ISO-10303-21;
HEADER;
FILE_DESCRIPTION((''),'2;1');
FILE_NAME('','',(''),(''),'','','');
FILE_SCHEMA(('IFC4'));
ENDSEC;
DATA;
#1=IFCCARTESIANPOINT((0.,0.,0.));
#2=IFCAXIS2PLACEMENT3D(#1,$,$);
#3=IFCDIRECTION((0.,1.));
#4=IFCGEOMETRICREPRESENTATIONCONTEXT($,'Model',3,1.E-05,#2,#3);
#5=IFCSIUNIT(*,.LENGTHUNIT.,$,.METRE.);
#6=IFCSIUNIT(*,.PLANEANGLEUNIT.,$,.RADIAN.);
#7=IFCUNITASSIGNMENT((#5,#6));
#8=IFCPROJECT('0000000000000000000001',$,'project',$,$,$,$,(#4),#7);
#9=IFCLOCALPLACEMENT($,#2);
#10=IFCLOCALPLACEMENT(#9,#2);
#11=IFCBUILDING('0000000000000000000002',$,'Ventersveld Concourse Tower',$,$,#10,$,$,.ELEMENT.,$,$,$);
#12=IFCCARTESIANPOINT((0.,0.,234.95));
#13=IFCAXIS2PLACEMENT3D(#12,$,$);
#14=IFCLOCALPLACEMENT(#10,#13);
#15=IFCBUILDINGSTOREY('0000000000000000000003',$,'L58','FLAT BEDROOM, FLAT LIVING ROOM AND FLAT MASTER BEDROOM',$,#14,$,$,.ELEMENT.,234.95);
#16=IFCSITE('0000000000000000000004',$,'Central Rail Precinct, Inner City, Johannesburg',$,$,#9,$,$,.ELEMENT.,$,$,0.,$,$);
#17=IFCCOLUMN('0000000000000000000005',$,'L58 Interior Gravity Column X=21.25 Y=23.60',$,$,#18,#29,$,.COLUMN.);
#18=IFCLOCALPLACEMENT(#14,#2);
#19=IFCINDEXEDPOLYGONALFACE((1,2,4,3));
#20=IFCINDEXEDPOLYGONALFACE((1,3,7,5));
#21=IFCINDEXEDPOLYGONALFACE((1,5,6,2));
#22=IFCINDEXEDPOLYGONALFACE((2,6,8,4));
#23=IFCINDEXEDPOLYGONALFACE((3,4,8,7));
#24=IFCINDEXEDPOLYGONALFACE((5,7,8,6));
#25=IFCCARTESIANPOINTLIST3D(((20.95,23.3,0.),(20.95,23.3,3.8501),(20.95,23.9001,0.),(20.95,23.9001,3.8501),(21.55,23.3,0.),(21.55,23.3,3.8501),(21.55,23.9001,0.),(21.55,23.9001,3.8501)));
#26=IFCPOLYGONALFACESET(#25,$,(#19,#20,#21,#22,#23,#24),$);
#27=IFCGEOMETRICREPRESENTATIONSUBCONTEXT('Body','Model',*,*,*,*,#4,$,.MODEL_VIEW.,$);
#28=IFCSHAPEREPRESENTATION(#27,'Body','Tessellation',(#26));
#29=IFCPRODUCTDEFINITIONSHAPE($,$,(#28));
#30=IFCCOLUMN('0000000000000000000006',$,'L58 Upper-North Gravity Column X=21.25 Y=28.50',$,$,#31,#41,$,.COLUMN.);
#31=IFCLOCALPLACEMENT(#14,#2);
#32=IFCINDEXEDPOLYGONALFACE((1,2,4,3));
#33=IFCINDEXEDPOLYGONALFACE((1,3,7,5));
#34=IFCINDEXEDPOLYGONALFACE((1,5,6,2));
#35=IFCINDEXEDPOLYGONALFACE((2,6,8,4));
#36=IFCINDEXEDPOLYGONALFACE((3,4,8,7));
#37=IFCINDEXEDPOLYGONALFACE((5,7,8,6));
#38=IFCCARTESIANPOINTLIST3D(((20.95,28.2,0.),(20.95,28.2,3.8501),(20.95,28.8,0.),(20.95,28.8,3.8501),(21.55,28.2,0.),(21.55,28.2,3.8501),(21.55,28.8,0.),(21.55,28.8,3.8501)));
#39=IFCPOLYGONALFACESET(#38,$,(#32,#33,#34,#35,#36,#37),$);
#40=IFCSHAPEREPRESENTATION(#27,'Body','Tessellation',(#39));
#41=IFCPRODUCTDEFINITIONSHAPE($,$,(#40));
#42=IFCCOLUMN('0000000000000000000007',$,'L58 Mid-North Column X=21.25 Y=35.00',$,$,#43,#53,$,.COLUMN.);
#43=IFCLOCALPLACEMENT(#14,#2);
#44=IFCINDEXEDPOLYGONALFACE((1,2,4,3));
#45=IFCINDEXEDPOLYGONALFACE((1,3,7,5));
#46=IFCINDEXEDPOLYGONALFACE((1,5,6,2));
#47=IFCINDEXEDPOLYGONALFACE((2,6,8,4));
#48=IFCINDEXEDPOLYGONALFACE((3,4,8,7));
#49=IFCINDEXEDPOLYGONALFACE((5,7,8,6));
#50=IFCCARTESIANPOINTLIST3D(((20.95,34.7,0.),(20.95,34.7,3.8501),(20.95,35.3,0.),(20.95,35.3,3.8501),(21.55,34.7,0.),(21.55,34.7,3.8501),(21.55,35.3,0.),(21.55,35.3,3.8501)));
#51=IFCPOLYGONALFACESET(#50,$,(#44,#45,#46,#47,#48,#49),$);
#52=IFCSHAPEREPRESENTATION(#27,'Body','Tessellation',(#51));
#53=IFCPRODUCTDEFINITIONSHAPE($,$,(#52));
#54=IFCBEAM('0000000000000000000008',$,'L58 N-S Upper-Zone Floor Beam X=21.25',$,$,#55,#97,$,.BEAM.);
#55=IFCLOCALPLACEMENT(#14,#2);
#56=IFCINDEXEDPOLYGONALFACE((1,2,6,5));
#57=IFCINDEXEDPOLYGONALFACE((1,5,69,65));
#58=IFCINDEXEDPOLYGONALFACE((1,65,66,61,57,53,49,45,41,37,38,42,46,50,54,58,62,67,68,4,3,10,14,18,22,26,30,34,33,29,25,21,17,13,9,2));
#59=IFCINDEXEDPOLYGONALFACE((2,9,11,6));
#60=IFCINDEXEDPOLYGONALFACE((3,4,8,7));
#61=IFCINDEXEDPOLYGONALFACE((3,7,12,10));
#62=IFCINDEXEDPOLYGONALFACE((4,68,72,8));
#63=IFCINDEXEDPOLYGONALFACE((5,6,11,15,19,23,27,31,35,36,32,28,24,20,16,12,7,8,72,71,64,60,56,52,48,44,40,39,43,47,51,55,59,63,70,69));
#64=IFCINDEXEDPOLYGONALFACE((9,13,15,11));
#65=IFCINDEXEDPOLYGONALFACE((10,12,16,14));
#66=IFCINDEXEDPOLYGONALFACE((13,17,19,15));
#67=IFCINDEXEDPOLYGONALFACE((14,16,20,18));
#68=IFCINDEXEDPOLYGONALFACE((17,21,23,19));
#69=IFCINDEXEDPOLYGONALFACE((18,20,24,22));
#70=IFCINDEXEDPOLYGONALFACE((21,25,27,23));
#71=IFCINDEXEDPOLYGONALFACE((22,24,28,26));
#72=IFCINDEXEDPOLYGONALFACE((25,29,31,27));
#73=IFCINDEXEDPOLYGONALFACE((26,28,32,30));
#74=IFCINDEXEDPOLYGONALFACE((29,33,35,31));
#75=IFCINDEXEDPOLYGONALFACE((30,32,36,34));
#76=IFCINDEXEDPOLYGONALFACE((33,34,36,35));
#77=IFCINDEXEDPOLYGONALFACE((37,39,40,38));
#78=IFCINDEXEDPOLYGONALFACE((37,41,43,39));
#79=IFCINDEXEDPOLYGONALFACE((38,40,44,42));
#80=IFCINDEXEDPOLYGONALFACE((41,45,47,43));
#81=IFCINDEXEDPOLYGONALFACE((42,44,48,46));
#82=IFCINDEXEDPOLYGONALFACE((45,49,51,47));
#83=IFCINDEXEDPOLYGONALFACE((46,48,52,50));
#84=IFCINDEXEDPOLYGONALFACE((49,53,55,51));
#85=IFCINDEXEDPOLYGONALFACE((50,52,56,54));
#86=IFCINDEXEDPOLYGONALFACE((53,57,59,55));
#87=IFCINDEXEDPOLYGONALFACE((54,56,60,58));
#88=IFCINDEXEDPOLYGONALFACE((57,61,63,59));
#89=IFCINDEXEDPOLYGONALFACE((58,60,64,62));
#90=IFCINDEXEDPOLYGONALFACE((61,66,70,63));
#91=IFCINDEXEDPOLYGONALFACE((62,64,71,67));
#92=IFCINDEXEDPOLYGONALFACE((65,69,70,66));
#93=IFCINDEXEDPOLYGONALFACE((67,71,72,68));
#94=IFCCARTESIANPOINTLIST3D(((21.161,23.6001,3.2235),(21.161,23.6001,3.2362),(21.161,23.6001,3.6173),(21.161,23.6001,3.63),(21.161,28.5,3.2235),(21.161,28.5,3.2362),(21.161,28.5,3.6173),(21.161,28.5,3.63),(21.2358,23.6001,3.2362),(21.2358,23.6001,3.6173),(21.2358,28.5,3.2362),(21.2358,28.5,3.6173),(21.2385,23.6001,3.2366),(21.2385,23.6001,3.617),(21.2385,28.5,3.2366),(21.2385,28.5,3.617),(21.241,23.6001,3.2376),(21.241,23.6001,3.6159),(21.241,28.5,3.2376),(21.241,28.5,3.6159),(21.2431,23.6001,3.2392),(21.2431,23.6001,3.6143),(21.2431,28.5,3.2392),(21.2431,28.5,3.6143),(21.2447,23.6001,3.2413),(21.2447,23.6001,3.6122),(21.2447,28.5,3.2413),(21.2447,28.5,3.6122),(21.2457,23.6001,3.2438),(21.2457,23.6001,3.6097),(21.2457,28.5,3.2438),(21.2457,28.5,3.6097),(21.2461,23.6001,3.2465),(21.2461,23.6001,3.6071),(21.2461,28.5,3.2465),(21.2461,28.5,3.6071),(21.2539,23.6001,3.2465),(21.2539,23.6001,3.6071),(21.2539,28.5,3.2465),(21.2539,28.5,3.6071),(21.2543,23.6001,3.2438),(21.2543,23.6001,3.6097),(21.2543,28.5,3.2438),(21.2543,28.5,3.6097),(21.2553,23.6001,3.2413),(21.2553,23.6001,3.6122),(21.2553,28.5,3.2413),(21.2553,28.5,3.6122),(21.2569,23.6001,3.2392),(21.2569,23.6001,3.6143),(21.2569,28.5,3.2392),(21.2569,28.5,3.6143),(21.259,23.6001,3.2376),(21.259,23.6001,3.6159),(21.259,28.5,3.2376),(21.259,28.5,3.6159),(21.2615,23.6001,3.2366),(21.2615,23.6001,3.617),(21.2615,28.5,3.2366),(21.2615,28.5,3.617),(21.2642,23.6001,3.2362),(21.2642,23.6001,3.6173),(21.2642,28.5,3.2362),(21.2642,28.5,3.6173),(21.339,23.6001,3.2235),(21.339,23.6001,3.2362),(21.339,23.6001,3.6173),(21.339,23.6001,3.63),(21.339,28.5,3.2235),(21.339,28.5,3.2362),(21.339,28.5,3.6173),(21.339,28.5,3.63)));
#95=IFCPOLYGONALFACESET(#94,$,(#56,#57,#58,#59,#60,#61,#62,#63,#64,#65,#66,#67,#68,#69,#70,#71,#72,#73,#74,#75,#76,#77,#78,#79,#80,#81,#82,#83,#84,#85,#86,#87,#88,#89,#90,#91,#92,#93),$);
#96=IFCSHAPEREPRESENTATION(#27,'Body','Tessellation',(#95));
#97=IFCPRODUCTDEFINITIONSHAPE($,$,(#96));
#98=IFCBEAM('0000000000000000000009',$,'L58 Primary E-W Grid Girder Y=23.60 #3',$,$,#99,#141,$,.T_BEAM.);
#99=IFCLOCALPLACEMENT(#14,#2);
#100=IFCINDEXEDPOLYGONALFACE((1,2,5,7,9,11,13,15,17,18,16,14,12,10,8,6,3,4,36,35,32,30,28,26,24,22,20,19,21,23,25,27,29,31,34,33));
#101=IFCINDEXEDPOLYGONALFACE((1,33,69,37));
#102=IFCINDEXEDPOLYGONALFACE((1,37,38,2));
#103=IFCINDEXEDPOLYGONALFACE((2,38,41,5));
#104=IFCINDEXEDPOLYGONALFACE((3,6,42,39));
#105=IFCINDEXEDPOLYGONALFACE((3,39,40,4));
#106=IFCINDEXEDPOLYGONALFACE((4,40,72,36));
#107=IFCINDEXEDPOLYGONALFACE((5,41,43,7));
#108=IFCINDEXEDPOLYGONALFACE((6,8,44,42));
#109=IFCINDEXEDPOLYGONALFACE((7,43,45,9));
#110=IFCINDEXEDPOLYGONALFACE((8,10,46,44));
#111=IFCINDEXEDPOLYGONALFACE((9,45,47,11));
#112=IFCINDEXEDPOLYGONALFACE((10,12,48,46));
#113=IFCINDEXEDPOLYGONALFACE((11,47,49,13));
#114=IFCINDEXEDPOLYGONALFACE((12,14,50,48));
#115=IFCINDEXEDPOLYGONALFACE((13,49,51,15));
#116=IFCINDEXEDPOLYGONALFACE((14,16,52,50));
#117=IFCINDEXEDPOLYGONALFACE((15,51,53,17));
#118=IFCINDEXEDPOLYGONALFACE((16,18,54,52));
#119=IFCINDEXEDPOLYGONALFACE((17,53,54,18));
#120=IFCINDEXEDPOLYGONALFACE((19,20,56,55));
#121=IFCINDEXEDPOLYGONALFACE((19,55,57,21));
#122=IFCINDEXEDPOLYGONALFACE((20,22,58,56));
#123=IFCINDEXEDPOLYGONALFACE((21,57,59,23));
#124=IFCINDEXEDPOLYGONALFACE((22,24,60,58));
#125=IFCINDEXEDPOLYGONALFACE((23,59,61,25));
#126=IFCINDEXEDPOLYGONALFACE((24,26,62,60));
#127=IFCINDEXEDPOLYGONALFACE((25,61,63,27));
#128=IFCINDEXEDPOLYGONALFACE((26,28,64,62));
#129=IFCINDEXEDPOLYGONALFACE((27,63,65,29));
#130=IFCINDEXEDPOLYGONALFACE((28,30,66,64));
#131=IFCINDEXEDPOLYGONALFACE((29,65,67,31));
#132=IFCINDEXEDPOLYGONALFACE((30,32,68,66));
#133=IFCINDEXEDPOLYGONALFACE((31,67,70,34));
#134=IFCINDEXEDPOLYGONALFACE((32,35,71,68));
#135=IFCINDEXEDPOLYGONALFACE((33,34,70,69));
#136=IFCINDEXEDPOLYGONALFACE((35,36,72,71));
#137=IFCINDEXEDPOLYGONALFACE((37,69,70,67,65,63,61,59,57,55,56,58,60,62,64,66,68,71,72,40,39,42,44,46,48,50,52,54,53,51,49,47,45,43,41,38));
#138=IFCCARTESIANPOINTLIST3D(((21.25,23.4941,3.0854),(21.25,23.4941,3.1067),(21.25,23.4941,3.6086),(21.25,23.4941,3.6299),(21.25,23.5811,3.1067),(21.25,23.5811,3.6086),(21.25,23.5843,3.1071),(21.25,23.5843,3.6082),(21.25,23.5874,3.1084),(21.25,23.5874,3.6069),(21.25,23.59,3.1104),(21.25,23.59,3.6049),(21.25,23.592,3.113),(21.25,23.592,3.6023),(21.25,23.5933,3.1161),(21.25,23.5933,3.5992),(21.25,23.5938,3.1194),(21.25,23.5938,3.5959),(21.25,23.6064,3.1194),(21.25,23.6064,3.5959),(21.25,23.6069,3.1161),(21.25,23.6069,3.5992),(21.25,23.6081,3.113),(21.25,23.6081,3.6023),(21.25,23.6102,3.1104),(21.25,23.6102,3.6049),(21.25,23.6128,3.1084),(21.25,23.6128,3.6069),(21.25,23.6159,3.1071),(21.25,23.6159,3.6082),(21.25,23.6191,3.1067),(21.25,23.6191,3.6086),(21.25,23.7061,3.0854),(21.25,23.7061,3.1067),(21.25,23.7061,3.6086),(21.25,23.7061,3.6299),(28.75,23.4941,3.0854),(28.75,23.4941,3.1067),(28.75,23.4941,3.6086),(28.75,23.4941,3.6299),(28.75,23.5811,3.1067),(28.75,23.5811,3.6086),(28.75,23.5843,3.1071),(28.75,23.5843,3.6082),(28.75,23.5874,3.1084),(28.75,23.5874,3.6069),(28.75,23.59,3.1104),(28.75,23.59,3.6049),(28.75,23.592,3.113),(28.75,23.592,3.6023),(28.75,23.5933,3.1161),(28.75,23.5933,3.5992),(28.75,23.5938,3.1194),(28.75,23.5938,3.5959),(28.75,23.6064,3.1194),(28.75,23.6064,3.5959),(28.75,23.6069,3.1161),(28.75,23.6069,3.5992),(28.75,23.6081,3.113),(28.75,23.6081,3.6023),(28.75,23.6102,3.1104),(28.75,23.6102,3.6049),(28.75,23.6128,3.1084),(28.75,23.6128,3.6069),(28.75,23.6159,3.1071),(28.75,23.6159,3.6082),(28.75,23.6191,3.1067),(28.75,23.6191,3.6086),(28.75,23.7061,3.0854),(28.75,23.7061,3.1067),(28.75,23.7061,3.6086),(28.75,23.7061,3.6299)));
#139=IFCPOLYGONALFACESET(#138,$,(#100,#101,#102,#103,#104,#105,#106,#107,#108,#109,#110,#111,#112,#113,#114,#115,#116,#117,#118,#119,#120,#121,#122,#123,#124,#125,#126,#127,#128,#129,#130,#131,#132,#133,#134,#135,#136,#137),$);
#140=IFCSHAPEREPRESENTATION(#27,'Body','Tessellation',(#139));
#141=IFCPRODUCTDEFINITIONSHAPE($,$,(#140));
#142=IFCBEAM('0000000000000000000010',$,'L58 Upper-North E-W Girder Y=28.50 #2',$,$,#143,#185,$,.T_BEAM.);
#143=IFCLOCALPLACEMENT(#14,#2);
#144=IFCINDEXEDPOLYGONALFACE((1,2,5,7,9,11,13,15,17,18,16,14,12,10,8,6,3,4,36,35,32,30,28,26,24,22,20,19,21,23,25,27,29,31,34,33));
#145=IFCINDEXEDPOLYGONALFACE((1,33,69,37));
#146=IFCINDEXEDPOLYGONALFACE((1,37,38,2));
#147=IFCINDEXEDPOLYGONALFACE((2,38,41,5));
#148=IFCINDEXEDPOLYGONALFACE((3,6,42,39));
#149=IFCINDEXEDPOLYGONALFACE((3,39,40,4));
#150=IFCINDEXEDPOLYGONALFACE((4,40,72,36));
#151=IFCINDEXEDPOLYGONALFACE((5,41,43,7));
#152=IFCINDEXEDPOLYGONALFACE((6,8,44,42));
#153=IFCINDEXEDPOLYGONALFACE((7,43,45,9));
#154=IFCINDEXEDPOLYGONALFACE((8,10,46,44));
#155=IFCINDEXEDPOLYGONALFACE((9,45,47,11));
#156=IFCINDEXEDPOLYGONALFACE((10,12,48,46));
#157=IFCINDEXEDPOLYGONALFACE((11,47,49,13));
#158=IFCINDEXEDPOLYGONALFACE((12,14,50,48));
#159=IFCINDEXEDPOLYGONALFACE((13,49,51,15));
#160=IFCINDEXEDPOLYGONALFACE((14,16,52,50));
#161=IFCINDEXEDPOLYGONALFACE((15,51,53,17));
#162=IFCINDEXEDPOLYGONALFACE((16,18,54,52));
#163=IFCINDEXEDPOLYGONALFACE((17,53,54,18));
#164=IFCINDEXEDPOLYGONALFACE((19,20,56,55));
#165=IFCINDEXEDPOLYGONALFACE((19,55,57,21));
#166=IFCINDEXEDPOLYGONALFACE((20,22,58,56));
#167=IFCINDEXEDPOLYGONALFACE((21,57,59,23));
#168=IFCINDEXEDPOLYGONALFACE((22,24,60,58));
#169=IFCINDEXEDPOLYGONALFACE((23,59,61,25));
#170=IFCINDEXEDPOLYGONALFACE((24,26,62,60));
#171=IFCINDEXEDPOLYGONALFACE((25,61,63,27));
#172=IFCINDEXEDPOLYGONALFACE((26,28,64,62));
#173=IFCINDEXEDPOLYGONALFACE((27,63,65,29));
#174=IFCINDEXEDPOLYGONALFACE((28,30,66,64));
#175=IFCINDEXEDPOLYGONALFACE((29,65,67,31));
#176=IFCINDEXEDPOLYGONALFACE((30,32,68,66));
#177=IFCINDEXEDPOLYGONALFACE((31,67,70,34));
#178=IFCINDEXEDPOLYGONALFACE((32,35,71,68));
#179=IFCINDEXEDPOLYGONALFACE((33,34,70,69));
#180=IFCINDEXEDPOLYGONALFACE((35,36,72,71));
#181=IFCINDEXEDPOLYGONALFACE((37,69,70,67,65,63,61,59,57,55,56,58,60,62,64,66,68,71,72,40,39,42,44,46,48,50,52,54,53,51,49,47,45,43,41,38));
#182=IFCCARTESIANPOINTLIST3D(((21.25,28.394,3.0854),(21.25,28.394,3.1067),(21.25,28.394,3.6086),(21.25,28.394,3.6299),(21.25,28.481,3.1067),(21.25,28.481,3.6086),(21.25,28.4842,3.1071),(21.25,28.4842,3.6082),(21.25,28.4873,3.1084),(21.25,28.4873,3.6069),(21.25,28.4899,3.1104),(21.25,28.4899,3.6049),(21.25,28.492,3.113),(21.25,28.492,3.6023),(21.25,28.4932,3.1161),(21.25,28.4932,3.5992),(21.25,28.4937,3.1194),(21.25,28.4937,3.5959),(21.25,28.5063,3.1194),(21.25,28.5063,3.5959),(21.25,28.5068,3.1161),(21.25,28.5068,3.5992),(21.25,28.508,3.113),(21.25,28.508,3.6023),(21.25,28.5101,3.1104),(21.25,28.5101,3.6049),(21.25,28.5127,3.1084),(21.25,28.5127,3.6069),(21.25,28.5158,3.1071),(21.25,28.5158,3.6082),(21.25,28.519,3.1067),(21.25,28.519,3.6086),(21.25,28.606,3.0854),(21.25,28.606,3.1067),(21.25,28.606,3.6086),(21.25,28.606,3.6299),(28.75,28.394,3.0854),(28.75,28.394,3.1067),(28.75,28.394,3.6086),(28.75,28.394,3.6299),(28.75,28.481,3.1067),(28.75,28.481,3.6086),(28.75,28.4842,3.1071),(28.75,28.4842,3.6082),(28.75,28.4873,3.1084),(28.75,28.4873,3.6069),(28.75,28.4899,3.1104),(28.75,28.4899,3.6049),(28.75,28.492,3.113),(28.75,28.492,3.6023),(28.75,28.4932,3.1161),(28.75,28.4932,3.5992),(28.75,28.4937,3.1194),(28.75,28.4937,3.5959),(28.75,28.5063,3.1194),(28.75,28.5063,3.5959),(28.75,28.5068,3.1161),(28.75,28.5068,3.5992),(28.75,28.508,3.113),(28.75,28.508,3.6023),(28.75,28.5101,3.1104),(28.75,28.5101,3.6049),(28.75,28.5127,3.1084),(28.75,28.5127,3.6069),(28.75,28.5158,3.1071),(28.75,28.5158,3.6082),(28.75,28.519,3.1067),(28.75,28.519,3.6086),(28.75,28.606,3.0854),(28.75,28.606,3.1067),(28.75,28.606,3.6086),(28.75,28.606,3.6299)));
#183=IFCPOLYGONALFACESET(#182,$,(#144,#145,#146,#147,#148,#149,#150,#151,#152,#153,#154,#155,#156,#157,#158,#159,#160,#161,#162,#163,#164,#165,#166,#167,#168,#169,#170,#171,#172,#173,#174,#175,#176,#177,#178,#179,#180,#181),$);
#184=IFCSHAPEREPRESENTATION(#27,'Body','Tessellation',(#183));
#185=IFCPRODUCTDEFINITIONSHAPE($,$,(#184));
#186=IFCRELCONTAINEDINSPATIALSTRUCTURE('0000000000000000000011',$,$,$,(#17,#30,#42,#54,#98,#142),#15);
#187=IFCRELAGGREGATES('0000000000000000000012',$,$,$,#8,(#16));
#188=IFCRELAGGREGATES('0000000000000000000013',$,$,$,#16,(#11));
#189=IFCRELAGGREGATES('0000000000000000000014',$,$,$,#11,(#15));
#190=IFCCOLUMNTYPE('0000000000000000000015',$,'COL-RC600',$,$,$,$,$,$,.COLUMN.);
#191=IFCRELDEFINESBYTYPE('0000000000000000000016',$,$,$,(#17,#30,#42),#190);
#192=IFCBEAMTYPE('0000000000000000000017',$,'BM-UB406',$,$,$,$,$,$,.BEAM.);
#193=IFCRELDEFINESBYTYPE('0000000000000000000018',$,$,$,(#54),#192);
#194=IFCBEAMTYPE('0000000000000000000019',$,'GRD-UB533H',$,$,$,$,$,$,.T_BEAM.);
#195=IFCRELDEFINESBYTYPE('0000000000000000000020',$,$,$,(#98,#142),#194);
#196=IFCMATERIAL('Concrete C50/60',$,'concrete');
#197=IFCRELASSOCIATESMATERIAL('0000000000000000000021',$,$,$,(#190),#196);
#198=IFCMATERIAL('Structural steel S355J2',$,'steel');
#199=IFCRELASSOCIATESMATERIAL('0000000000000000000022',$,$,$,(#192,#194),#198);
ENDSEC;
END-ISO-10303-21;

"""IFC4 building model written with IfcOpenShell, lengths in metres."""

from ifc_helpers import new_model, si_unit, direction, frame, origin, origin_2d, place, context, subcontext, project, spatial, rectangle, i_section, extrude, material, material_profile, profile_set, type_object, element, save


model = new_model("IFC4")

# Units and contexts
model_context = context("Model", 3, precision=1e-05, world=origin(), true_north=direction((0.0, 1.0)))
body_context = subcontext(model_context, "Body", "Model", "MODEL_VIEW")
ifc_project = project(units=[si_unit("LENGTHUNIT", "METRE"), si_unit("PLANEANGLEUNIT", "RADIAN")], contexts=[model_context])

# Site, building, storey
site_placement = place(None, origin())
site = spatial("IfcSite", under=ifc_project, at=site_placement, Name="Central Rail Precinct, Inner City, Johannesburg", CompositionType="ELEMENT", RefElevation=0.0)
building_placement = place(site_placement, origin())
building = spatial("IfcBuilding", under=site, at=building_placement, Name="Ventersveld Concourse Tower", CompositionType="ELEMENT")
storey_placement = place(building_placement, frame((0.0, 0.0, 234.95)))
storey = spatial("IfcBuildingStorey", under=building, at=storey_placement, Name="L58", Description="FLAT BEDROOM, FLAT LIVING ROOM AND FLAT MASTER BEDROOM", CompositionType="ELEMENT", Elevation=234.95)

# Columns
ifc_material_1 = material(Name="Concrete C50/60", Category="concrete")
ifc_material_profile_1 = material_profile(ifc_material_1, rectangle(XDim=0.6001, YDim=0.6001, at=origin_2d()), Name="RC 600x600")
ifc_profile_set_1 = profile_set([ifc_material_profile_1], Name="Concrete C50/60")
column_type = type_object("IfcColumnType", Name="COL-RC600", PredefinedType="COLUMN", material=ifc_profile_set_1)
for number, where, z_axis, x_axis, name in (
    (1, (21.25, 23.6001, 0.0), (0.0, 0.0, 1.0), (1.0, 0.0, 0.0), "L58 Interior Gravity Column X=21.25 Y=23.60"),
    (2, (21.25, 28.5, 0.0), (0.0, 0.0, 1.0), (1.0, 0.0, 0.0), "L58 Upper-North Gravity Column X=21.25 Y=28.50"),
    (3, (21.25, 35.0, 0.0), (0.0, 0.0, 1.0), (1.0, 0.0, 0.0), "L58 Mid-North Column X=21.25 Y=35.00"),
):
    element("IfcColumn", number, at=place(storey_placement, frame(where, z_axis=z_axis, x_axis=x_axis)), inside=storey, type_object=column_type, Name=name, PredefinedType="COLUMN", context=body_context, shape_type="SweptSolid", body=[
        extrude(rectangle(XDim=0.6001, YDim=0.6001, at=origin_2d()), origin(), (0.0, 0.0, 1.0), 3.8501),
    ])

# Beams
ifc_material_2 = material(Name="Structural steel S355J2", Category="steel")
ifc_material_profile_2 = material_profile(ifc_material_2, i_section(OverallWidth=0.178, OverallDepth=0.4065, WebThickness=0.0078, FlangeThickness=0.0127, FilletRadius=0.0103, at=origin_2d()), Name="UB 406x178x60")
ifc_profile_set_2 = profile_set([ifc_material_profile_2], Name="Structural steel S355J2")
beam_type_1 = type_object("IfcBeamType", Name="BM-UB406", PredefinedType="BEAM", material=ifc_profile_set_2)
beam_placement = place(storey_placement, frame((21.25, 23.6001, 3.4268), z_axis=(0.0, 1.0, 0.0), x_axis=(-1.0, 0.0, 0.0)))
element("IfcBeam", 4, at=beam_placement, inside=storey, type_object=beam_type_1, Name="L58 N-S Upper-Zone Floor Beam X=21.25", PredefinedType="BEAM", context=body_context, shape_type="SweptSolid", body=[
    extrude(i_section(OverallWidth=0.178, OverallDepth=0.4065, WebThickness=0.0078, FlangeThickness=0.0127, FilletRadius=0.0103, at=origin_2d()), origin(), (0.0, 0.0, 1.0), 4.8999),
])
ifc_material_profile_3 = material_profile(ifc_material_2, i_section(OverallWidth=0.2119, OverallDepth=0.5444, WebThickness=0.0127, FlangeThickness=0.0212, FilletRadius=0.0127, at=origin_2d()), Name="UB 533x210x122")
ifc_profile_set_3 = profile_set([ifc_material_profile_3], Name="Structural steel S355J2")
beam_type_2 = type_object("IfcBeamType", Name="GRD-UB533H", PredefinedType="T_BEAM", material=ifc_profile_set_3)
for number, where, z_axis, x_axis, name in (
    (5, (21.25, 23.6001, 3.3577), (1.0, 0.0, 0.0), (0.0, 1.0, 0.0), "L58 Primary E-W Grid Girder Y=23.60 #3"),
    (6, (21.25, 28.5, 3.3577), (1.0, 0.0, 0.0), (0.0, 1.0, 0.0), "L58 Upper-North E-W Girder Y=28.50 #2"),
):
    element("IfcBeam", number, at=place(storey_placement, frame(where, z_axis=z_axis, x_axis=x_axis)), inside=storey, type_object=beam_type_2, Name=name, PredefinedType="T_BEAM", context=body_context, shape_type="SweptSolid", body=[
        extrude(i_section(OverallWidth=0.2119, OverallDepth=0.5444, WebThickness=0.0127, FlangeThickness=0.0212, FilletRadius=0.0127, at=origin_2d()), origin(), (0.0, 0.0, 1.0), 7.5),
    ])

save(model, "model.ifc")
